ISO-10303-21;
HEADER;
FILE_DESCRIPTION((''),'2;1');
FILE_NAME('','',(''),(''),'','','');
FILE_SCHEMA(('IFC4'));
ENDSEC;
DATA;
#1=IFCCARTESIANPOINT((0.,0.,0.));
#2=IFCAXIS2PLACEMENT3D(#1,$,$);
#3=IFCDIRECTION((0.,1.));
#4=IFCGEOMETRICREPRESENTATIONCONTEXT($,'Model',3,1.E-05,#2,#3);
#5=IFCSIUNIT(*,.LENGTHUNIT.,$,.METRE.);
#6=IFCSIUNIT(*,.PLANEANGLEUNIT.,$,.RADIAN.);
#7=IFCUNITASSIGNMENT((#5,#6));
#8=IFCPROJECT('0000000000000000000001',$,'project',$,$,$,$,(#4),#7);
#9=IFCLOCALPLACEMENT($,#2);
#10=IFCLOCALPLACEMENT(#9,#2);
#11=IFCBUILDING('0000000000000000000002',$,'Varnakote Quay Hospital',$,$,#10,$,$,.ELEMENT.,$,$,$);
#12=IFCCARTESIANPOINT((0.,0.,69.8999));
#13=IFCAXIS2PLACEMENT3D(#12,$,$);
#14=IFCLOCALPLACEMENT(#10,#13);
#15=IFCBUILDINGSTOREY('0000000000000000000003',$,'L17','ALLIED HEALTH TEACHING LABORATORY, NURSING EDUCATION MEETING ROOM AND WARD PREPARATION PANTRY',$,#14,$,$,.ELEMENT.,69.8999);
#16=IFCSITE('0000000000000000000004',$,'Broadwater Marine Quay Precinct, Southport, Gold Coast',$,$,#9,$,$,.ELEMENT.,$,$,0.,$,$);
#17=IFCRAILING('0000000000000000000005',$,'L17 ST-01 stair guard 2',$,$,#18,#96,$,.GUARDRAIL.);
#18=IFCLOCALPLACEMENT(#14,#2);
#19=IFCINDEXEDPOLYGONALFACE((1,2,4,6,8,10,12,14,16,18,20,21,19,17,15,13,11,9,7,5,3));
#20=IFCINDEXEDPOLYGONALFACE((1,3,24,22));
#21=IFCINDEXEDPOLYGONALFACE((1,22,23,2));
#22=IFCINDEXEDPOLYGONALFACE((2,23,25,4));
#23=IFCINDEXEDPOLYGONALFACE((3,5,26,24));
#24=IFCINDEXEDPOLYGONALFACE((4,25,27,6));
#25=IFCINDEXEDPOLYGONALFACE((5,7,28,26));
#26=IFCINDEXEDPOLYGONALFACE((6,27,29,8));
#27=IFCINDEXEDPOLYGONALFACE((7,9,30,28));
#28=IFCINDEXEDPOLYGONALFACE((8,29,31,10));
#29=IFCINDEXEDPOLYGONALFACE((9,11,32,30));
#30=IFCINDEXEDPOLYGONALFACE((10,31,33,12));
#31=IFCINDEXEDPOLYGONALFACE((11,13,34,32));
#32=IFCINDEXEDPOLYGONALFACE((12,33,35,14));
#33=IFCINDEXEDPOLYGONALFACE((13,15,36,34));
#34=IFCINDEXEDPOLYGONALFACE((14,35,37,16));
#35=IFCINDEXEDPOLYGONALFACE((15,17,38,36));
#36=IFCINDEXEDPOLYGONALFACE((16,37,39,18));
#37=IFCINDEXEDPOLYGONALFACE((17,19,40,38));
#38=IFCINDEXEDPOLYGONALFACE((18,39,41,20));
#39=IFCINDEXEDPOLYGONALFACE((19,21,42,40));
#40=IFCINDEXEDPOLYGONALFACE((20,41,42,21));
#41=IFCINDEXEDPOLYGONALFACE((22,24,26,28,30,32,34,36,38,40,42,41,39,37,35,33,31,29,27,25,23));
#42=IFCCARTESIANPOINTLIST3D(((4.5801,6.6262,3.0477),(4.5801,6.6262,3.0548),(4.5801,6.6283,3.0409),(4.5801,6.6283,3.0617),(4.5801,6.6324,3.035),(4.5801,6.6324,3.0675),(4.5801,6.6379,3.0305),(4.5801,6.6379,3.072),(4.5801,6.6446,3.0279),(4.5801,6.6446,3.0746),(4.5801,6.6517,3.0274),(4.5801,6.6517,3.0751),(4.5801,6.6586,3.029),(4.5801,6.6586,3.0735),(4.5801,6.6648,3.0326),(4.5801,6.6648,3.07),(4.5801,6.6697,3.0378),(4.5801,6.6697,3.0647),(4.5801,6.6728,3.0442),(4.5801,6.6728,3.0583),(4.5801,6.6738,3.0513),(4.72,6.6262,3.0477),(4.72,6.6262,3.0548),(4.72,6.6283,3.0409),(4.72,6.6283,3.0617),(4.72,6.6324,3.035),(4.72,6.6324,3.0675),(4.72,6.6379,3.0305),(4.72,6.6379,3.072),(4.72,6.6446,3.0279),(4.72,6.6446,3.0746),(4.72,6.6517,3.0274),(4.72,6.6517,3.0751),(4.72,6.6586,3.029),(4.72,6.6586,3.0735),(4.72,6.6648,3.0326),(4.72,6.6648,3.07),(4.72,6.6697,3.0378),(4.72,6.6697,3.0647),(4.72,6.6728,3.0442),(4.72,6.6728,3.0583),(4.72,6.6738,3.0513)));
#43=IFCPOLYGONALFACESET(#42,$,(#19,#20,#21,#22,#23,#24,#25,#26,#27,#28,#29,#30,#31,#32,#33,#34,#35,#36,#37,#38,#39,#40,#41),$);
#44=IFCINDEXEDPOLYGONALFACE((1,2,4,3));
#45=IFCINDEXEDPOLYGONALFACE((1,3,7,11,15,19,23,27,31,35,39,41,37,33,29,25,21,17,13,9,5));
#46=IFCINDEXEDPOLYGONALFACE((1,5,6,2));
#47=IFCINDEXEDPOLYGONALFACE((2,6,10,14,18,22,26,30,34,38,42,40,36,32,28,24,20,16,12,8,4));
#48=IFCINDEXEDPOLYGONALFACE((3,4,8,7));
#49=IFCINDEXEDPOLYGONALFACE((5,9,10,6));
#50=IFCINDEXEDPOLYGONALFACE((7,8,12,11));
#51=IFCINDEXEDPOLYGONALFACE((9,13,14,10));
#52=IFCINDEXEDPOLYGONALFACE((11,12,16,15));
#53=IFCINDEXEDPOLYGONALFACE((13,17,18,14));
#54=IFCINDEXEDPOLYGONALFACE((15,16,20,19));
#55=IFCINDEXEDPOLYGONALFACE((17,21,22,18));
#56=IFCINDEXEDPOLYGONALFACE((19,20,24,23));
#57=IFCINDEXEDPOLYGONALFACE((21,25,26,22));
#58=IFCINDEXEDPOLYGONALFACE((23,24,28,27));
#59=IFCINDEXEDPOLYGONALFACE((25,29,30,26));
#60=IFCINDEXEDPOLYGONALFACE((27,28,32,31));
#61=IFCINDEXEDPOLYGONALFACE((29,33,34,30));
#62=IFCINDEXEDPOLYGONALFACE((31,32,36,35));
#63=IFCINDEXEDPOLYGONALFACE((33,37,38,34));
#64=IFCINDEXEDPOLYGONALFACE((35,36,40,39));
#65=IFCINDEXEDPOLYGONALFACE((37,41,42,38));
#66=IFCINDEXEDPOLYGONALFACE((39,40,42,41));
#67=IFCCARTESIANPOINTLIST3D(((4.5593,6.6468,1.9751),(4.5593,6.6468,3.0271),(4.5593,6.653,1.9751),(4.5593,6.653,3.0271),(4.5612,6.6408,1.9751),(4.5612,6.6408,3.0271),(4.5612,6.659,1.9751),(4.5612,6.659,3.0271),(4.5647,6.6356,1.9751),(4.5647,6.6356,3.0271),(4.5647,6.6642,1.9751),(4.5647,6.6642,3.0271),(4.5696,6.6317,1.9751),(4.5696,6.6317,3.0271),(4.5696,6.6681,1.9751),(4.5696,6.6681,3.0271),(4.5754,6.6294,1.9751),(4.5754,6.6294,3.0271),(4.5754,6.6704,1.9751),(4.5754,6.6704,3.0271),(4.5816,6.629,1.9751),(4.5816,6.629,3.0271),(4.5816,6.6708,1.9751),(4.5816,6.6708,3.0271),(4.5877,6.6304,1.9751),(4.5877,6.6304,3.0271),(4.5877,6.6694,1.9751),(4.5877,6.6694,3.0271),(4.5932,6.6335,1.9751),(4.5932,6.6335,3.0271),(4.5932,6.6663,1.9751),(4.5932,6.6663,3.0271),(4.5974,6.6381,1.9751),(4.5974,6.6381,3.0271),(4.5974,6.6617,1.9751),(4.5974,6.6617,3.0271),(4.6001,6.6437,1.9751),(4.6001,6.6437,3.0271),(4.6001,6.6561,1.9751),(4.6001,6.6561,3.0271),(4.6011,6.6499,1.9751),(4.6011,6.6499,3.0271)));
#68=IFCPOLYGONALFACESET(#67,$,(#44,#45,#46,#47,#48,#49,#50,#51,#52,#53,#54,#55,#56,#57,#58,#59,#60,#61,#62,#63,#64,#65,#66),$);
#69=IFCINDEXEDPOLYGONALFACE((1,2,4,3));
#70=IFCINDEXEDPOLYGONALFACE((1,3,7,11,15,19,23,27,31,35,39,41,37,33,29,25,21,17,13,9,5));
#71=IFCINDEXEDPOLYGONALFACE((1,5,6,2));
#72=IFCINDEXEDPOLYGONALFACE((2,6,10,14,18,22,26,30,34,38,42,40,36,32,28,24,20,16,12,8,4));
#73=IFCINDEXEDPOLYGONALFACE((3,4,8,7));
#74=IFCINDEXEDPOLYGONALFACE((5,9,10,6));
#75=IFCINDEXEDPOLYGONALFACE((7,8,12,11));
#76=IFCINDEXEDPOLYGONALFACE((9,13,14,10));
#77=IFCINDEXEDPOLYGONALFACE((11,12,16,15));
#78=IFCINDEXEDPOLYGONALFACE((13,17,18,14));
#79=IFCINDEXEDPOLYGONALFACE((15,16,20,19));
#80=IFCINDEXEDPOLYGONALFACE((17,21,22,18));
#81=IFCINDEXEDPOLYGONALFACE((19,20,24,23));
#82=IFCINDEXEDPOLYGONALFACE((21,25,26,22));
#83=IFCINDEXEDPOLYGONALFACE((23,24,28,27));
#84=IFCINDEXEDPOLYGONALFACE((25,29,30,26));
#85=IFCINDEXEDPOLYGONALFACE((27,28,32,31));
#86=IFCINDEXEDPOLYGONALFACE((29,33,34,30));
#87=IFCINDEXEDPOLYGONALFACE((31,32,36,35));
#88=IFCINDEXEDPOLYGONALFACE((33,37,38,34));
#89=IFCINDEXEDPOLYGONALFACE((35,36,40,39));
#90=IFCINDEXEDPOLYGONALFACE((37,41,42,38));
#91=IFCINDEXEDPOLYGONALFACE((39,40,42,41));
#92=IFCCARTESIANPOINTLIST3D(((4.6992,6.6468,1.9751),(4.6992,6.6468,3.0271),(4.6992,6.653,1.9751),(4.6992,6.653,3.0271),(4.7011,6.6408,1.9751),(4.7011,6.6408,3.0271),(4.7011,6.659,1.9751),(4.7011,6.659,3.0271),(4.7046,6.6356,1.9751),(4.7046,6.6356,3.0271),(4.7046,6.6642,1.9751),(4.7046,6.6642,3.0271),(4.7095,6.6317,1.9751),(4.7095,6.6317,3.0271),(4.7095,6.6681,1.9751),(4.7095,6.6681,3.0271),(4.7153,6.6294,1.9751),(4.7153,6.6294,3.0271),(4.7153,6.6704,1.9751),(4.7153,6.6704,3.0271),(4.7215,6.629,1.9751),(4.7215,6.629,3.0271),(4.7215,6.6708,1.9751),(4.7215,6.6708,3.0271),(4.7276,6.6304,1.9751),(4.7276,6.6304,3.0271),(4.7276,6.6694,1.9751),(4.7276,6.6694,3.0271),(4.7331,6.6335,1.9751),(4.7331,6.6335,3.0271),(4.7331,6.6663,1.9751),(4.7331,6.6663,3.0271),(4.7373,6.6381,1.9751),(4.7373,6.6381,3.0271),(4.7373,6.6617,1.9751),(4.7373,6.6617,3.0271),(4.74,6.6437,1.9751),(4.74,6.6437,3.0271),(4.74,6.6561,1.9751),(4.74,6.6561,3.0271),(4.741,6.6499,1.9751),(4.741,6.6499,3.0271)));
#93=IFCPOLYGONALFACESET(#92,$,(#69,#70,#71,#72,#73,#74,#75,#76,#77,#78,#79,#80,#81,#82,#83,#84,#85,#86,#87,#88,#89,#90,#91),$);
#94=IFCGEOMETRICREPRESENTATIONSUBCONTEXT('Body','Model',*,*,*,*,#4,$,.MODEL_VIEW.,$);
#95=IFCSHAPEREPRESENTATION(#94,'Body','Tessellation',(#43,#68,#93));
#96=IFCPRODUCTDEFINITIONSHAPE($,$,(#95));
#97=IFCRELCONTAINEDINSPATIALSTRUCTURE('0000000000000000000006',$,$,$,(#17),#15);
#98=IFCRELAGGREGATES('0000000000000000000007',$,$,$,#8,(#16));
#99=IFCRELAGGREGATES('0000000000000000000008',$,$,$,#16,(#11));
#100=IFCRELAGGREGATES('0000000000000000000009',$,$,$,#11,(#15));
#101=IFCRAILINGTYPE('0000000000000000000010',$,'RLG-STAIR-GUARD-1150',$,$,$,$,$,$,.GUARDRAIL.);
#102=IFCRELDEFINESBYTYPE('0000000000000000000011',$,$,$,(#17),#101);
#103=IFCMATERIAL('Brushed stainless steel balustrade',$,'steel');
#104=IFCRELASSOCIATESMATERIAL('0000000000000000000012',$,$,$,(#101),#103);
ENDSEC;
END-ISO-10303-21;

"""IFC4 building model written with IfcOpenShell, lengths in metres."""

from ifc_helpers import new_model, si_unit, direction, frame, origin, origin_2d, place, context, subcontext, project, spatial, circle, extrude, material, type_object, element, save


model = new_model("IFC4")

# Units and contexts
model_context = context("Model", 3, precision=1e-05, world=origin(), true_north=direction((0.0, 1.0)))
body_context = subcontext(model_context, "Body", "Model", "MODEL_VIEW")
ifc_project = project(units=[si_unit("LENGTHUNIT", "METRE"), si_unit("PLANEANGLEUNIT", "RADIAN")], contexts=[model_context])

# Site, building, storey
site_placement = place(None, origin())
site = spatial("IfcSite", under=ifc_project, at=site_placement, Name="Broadwater Marine Quay Precinct, Southport, Gold Coast", CompositionType="ELEMENT", RefElevation=0.0)
building_placement = place(site_placement, origin())
building = spatial("IfcBuilding", under=site, at=building_placement, Name="Varnakote Quay Hospital", CompositionType="ELEMENT")
storey_placement = place(building_placement, frame((0.0, 0.0, 69.8999)))
storey = spatial("IfcBuildingStorey", under=building, at=storey_placement, Name="L17", Description="ALLIED HEALTH TEACHING LABORATORY, NURSING EDUCATION MEETING ROOM AND WARD PREPARATION PANTRY", CompositionType="ELEMENT", Elevation=69.8999)

# Railing
ifc_material_1 = material(Name="Brushed stainless steel balustrade", Category="steel")
railing_type_1 = type_object("IfcRailingType", Name="RLG-STAIR-GUARD-1150", PredefinedType="GUARDRAIL", material=ifc_material_1)
railing_1_placement = place(storey_placement, frame((4.5801, 6.6499, 1.9751)))
element("IfcRailing", 1, at=railing_1_placement, inside=storey, type_object=railing_type_1, Name="L17 ST-01 stair guard 2", PredefinedType="GUARDRAIL", context=body_context, shape_type="SweptSolid", body=[
    extrude(circle(Radius=0.0239, at=origin_2d()), frame((0.0, 0.0, 1.0762), z_axis=(1.0, 0.0, 0.0), x_axis=(0.0, 1.0, 0.0)), (0.0, 0.0, 1.0), 0.1399),
    extrude(circle(Radius=0.021, at=origin_2d()), origin(), (0.0, 0.0, 1.0), 1.052),
    extrude(circle(Radius=0.021, at=origin_2d()), frame((0.1399, 0.0, 0.0)), (0.0, 0.0, 1.0), 1.052),
])

save(model, "model.ifc")
